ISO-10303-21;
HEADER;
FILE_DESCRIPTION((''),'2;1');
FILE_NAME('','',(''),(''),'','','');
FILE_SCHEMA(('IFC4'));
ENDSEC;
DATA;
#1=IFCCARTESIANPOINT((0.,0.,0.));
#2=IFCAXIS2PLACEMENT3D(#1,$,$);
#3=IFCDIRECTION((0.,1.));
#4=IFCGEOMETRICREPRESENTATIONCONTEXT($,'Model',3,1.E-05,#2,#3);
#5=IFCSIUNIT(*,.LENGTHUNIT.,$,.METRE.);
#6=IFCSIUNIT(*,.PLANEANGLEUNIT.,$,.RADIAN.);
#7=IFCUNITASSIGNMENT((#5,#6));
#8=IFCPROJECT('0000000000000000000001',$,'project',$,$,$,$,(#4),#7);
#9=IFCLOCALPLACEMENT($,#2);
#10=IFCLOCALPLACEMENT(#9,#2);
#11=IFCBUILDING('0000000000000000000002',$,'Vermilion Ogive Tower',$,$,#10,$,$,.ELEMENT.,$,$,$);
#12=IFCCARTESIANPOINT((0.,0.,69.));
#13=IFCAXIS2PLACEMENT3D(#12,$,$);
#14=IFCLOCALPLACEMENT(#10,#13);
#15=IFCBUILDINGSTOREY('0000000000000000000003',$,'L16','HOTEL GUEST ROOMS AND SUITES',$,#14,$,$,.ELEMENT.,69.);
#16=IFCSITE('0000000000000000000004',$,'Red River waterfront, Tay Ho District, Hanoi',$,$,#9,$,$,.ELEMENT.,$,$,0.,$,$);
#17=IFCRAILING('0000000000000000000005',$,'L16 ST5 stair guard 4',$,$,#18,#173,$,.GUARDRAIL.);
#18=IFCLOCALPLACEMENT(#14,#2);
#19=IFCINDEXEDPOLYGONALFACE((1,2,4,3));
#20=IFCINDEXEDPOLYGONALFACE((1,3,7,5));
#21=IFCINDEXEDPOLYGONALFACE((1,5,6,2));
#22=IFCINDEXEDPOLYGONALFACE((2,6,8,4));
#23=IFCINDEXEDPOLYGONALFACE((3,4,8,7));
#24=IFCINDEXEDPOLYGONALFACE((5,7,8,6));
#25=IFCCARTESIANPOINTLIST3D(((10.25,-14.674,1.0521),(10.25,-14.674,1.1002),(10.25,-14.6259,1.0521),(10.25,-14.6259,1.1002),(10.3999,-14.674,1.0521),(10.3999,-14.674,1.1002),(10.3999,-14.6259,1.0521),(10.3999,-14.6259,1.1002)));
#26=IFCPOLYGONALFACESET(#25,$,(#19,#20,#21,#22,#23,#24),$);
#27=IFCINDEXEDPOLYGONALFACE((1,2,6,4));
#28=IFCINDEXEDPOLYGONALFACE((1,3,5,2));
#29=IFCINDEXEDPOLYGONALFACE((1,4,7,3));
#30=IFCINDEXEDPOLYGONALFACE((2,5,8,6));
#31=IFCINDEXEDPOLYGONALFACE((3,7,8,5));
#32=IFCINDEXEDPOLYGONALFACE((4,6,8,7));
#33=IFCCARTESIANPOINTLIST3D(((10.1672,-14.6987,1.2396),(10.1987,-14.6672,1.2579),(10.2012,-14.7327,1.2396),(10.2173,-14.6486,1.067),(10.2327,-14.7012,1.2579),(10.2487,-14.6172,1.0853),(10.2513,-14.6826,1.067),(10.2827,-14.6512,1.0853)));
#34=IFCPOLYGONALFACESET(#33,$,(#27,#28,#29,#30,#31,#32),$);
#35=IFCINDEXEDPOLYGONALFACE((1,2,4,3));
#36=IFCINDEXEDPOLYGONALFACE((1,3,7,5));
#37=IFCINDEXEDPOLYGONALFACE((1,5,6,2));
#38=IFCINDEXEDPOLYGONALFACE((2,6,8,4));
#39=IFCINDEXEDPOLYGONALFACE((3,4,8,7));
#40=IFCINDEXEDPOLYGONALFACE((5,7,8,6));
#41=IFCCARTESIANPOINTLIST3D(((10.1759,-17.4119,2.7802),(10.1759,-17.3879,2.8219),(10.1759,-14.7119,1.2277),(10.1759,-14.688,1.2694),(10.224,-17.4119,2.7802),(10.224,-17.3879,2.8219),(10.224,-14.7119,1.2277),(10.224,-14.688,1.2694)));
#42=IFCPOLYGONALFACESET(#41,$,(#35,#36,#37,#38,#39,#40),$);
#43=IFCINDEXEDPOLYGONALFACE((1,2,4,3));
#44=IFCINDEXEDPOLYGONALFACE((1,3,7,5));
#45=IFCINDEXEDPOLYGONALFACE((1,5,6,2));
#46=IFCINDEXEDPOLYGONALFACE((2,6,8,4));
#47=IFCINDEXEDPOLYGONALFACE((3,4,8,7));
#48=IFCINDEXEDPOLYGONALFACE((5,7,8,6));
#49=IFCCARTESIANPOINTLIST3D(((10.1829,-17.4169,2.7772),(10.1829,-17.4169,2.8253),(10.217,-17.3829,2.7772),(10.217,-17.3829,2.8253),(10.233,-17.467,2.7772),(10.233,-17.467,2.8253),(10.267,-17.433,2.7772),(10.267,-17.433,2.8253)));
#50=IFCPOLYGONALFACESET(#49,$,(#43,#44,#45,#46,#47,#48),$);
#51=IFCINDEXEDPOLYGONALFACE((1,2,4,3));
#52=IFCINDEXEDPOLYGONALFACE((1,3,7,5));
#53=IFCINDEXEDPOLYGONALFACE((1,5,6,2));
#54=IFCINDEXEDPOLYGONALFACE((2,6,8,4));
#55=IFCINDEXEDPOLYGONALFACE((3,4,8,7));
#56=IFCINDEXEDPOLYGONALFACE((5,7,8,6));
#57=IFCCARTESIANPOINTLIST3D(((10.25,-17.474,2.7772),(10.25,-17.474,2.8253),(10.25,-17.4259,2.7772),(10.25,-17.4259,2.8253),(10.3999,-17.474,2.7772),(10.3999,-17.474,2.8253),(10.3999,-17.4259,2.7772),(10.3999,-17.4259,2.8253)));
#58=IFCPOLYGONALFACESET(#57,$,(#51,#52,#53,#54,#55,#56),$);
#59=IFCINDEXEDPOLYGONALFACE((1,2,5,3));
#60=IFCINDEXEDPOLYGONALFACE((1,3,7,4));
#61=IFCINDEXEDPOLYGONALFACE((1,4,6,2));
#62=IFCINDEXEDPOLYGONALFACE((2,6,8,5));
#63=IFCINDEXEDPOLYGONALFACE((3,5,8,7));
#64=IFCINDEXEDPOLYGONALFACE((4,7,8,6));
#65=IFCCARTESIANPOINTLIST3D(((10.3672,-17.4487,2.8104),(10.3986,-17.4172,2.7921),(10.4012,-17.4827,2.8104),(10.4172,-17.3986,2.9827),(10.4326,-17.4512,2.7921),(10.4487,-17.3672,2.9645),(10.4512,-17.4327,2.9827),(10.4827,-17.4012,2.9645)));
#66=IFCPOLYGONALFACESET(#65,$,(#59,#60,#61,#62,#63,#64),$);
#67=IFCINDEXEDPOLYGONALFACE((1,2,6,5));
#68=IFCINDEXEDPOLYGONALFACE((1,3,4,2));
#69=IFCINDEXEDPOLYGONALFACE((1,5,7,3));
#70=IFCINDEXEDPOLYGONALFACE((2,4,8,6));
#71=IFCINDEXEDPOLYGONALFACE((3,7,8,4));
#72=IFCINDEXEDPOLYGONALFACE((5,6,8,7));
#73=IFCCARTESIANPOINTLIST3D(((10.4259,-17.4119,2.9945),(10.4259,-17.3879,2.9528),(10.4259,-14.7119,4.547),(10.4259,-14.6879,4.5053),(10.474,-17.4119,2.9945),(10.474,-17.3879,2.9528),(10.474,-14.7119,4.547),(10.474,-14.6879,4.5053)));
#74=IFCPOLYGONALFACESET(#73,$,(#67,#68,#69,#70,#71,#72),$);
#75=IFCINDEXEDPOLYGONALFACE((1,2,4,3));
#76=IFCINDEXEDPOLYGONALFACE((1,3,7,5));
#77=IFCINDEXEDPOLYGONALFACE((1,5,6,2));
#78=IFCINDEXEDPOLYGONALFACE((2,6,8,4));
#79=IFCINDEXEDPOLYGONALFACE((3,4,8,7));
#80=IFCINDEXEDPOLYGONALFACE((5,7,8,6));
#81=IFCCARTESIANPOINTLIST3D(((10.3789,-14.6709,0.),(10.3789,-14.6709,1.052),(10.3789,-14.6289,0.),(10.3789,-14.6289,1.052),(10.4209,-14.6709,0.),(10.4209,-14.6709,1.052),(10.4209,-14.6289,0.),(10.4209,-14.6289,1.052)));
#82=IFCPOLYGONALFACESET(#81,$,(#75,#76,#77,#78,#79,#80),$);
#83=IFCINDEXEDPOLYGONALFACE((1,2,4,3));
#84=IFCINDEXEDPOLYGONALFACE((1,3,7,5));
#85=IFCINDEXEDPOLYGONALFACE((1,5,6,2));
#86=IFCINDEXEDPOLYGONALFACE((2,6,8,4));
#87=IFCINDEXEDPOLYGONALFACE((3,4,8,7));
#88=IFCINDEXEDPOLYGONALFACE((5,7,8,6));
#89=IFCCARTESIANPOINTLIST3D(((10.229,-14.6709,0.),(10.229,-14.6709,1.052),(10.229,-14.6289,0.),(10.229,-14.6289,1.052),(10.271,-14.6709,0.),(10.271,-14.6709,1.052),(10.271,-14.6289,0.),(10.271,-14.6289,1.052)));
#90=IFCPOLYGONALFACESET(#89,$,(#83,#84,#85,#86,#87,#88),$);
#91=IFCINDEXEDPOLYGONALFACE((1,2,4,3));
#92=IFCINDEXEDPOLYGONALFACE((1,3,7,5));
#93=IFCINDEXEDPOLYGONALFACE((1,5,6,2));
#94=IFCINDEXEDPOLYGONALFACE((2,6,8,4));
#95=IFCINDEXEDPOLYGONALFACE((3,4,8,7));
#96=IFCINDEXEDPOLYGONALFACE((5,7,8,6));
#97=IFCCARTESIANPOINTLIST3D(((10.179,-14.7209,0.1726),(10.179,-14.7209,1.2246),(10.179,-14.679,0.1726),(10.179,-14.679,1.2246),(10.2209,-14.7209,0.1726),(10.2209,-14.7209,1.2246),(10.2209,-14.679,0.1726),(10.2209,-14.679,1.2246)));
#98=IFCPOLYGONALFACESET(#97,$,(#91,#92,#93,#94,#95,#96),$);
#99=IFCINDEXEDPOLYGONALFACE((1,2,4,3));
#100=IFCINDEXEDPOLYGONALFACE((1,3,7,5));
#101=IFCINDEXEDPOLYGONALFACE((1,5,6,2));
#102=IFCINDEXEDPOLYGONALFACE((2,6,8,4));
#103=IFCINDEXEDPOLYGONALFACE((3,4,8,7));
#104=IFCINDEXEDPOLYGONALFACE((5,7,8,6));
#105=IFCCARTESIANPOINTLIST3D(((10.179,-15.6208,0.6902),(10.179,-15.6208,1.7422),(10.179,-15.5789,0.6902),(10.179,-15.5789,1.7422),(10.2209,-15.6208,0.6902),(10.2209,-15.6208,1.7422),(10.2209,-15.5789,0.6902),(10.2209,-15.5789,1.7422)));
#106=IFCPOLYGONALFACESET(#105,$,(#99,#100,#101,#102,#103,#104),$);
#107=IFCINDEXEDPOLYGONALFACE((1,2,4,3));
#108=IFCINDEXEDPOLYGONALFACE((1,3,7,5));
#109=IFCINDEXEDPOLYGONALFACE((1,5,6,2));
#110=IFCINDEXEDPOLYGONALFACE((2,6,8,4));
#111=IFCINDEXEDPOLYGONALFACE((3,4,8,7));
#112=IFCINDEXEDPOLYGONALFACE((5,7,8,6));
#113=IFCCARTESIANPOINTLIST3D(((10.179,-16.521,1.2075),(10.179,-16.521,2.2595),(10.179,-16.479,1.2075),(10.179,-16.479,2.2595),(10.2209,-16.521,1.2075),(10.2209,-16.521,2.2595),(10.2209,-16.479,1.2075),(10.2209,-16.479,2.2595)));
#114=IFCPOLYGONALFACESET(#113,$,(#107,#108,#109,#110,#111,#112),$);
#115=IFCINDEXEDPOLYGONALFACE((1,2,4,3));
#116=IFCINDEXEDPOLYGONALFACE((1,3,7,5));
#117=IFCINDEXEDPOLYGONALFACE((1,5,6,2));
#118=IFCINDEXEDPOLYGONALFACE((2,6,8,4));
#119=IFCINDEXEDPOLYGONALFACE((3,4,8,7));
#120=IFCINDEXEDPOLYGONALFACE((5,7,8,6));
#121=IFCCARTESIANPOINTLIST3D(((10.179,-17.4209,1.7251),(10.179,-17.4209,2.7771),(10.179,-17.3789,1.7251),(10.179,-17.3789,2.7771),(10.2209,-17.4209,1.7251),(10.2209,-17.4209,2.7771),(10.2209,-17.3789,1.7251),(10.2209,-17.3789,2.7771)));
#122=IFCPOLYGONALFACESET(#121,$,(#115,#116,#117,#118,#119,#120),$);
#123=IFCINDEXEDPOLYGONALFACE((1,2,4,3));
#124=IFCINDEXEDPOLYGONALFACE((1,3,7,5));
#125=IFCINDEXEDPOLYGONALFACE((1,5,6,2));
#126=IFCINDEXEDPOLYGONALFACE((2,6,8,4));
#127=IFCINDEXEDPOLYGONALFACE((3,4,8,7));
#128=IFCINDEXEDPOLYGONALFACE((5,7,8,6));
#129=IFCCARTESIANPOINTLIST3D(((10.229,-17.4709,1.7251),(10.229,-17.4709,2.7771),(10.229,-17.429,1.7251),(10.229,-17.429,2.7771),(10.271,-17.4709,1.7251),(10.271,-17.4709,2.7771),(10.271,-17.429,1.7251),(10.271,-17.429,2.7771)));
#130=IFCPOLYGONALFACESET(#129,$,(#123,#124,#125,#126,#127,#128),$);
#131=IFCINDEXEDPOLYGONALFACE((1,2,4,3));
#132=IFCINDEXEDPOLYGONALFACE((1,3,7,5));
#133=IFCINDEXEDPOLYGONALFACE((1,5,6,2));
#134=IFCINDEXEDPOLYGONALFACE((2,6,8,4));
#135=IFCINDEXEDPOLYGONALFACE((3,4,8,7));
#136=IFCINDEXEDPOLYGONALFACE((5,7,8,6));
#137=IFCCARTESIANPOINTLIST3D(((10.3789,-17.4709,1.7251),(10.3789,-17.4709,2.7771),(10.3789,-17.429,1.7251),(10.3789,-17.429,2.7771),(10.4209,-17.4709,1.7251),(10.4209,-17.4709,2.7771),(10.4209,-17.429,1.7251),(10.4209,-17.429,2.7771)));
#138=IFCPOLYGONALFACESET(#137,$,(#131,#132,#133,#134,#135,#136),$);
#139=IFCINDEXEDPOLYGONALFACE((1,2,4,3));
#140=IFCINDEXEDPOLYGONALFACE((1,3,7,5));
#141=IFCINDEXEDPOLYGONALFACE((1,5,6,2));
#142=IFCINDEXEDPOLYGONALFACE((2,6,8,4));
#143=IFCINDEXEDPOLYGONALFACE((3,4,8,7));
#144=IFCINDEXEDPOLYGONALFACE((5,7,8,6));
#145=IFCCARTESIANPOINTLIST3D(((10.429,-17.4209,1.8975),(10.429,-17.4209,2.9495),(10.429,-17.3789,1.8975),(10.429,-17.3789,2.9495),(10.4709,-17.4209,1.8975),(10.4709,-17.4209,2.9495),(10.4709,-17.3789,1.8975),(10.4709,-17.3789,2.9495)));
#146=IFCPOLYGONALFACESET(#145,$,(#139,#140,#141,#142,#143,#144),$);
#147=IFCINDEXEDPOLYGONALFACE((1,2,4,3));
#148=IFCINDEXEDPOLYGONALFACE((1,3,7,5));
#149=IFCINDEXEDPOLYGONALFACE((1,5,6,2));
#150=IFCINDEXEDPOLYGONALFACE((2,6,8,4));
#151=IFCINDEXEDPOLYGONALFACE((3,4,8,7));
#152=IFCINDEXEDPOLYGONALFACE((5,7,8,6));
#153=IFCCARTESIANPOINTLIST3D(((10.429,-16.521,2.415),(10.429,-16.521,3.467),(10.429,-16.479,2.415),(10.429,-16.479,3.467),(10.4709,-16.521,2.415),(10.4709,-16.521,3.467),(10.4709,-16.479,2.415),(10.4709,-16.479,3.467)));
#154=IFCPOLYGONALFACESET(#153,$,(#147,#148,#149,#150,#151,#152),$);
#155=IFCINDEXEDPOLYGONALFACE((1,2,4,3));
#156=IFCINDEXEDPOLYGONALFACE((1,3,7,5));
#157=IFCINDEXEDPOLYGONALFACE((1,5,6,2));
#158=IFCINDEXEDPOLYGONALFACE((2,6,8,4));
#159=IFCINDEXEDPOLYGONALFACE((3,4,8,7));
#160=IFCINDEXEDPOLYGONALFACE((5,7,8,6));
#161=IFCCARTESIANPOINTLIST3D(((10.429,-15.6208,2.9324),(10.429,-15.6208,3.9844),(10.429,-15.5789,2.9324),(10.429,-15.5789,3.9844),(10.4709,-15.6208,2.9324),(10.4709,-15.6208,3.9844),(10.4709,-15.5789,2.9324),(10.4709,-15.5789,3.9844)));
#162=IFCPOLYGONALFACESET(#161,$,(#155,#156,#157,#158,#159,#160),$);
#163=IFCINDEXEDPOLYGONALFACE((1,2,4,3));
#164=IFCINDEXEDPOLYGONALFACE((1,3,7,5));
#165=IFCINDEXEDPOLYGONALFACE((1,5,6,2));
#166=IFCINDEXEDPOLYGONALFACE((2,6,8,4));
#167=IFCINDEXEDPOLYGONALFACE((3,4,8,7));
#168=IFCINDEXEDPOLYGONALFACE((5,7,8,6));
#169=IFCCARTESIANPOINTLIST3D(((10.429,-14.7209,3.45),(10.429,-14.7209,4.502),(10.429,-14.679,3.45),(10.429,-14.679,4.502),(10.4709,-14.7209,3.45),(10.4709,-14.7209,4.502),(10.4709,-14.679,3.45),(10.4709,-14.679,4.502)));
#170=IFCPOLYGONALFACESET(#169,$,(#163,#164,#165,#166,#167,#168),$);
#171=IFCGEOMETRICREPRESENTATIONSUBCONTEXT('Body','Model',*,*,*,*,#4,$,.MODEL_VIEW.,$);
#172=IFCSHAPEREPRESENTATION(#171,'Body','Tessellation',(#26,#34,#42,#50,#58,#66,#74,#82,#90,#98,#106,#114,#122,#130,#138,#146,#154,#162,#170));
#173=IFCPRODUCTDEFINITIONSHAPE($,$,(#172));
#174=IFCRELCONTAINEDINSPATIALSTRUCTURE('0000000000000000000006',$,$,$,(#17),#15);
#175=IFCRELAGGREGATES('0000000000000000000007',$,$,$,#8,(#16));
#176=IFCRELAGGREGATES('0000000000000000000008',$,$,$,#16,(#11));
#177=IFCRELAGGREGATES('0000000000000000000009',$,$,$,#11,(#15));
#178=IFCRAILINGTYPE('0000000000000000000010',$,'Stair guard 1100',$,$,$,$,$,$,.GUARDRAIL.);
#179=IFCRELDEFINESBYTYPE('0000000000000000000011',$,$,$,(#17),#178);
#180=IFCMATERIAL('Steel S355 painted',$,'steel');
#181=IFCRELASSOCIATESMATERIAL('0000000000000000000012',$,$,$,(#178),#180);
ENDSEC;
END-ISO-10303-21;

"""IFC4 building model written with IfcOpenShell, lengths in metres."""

from ifc_helpers import new_model, si_unit, direction, frame, origin, origin_2d, place, context, subcontext, project, spatial, rectangle, extrude, material, type_object, element, save


model = new_model("IFC4")

# Units and contexts
model_context = context("Model", 3, precision=1e-05, world=origin(), true_north=direction((0.0, 1.0)))
body_context = subcontext(model_context, "Body", "Model", "MODEL_VIEW")
ifc_project = project(units=[si_unit("LENGTHUNIT", "METRE"), si_unit("PLANEANGLEUNIT", "RADIAN")], contexts=[model_context])

# Site, building, storey
site_placement = place(None, origin())
site = spatial("IfcSite", under=ifc_project, at=site_placement, Name="Red River waterfront, Tay Ho District, Hanoi", CompositionType="ELEMENT", RefElevation=0.0)
building_placement = place(site_placement, origin())
building = spatial("IfcBuilding", under=site, at=building_placement, Name="Vermilion Ogive Tower", CompositionType="ELEMENT")
storey_placement = place(building_placement, frame((0.0, 0.0, 69.0)))
storey = spatial("IfcBuildingStorey", under=building, at=storey_placement, Name="L16", Description="HOTEL GUEST ROOMS AND SUITES", CompositionType="ELEMENT", Elevation=69.0)

# Railing
ifc_material_1 = material(Name="Steel S355 painted", Category="steel")
railing_type = type_object("IfcRailingType", Name="Stair guard 1100", PredefinedType="GUARDRAIL", material=ifc_material_1)
railing_1_placement = place(storey_placement, frame((10.3999, -14.6499, 0.0)))
element("IfcRailing", 1, at=railing_1_placement, inside=storey, type_object=railing_type, Name="L16 ST5 stair guard 4", PredefinedType="GUARDRAIL", context=body_context, shape_type="SweptSolid", body=[
    extrude(rectangle(XDim=0.0481, YDim=0.0481, at=origin_2d()), frame((0.0, 0.0, 1.0762), z_axis=(-1.0, 0.0, 0.0), x_axis=(0.0, -1.0, 0.0)), (0.0, 0.0, 1.0), 0.1499),
    extrude(rectangle(XDim=0.0481, YDim=0.0481, at=origin_2d()), frame((-0.1499, 0.0, 1.0762), z_axis=(-0.268278, -0.268278, 0.925232), x_axis=(0.707107, -0.707107, 0.0)), (0.0, 0.0, 1.0), 0.1865),
    extrude(rectangle(XDim=0.0481, YDim=0.0481, at=origin_2d()), frame((-0.2, -0.05, 1.2485), z_axis=(0.0, -0.866904, 0.498476), x_axis=(1.0, 0.0, 0.0)), (0.0, 0.0, 1.0), 3.1145),
    extrude(rectangle(XDim=0.0481, YDim=0.0481, at=origin_2d()), frame((-0.2, -2.75, 2.8013), z_axis=(0.707107, -0.707107, 0.0), x_axis=(0.707107, 0.707107, 0.0)), (0.0, 0.0, 1.0), 0.0708),
    extrude(rectangle(XDim=0.0481, YDim=0.0481, at=origin_2d()), frame((-0.1499, -2.8, 2.8013), z_axis=(1.0, 0.0, 0.0), x_axis=(0.0, 1.0, 0.0)), (0.0, 0.0, 1.0), 0.1499),
    extrude(rectangle(XDim=0.0481, YDim=0.0481, at=origin_2d()), frame((0.0, -2.8, 2.8013), z_axis=(0.268603, 0.268603, 0.925043), x_axis=(-0.707107, 0.707107, 0.0)), (0.0, 0.0, 1.0), 0.1863),
    extrude(rectangle(XDim=0.0481, YDim=0.0481, at=origin_2d()), frame((0.05, -2.75, 2.9736), z_axis=(0.0, 0.866904, 0.498476), x_axis=(-1.0, 0.0, 0.0)), (0.0, 0.0, 1.0), 3.1145),
    extrude(rectangle(XDim=0.042, YDim=0.042, at=origin_2d()), origin(), (0.0, 0.0, 1.0), 1.052),
    extrude(rectangle(XDim=0.042, YDim=0.042, at=origin_2d()), frame((-0.1499, 0.0, 0.0)), (0.0, 0.0, 1.0), 1.052),
    extrude(rectangle(XDim=0.042, YDim=0.042, at=origin_2d()), frame((-0.2, -0.05, 0.1726)), (0.0, 0.0, 1.0), 1.052),
    extrude(rectangle(XDim=0.042, YDim=0.042, at=origin_2d()), frame((-0.2, -0.95, 0.6902)), (0.0, 0.0, 1.0), 1.052),
    extrude(rectangle(XDim=0.042, YDim=0.042, at=origin_2d()), frame((-0.2, -1.8501, 1.2075)), (0.0, 0.0, 1.0), 1.052),
    extrude(rectangle(XDim=0.042, YDim=0.042, at=origin_2d()), frame((-0.2, -2.75, 1.7251)), (0.0, 0.0, 1.0), 1.052),
    extrude(rectangle(XDim=0.042, YDim=0.042, at=origin_2d()), frame((-0.1499, -2.8, 1.7251)), (0.0, 0.0, 1.0), 1.052),
    extrude(rectangle(XDim=0.042, YDim=0.042, at=origin_2d()), frame((0.0, -2.8, 1.7251)), (0.0, 0.0, 1.0), 1.052),
    extrude(rectangle(XDim=0.042, YDim=0.042, at=origin_2d()), frame((0.05, -2.75, 1.8975)), (0.0, 0.0, 1.0), 1.052),
    extrude(rectangle(XDim=0.042, YDim=0.042, at=origin_2d()), frame((0.05, -1.8501, 2.415)), (0.0, 0.0, 1.0), 1.052),
    extrude(rectangle(XDim=0.042, YDim=0.042, at=origin_2d()), frame((0.05, -0.95, 2.9324)), (0.0, 0.0, 1.0), 1.052),
    extrude(rectangle(XDim=0.042, YDim=0.042, at=origin_2d()), frame((0.05, -0.05, 3.45)), (0.0, 0.0, 1.0), 1.052),
])

save(model, "model.ifc")
